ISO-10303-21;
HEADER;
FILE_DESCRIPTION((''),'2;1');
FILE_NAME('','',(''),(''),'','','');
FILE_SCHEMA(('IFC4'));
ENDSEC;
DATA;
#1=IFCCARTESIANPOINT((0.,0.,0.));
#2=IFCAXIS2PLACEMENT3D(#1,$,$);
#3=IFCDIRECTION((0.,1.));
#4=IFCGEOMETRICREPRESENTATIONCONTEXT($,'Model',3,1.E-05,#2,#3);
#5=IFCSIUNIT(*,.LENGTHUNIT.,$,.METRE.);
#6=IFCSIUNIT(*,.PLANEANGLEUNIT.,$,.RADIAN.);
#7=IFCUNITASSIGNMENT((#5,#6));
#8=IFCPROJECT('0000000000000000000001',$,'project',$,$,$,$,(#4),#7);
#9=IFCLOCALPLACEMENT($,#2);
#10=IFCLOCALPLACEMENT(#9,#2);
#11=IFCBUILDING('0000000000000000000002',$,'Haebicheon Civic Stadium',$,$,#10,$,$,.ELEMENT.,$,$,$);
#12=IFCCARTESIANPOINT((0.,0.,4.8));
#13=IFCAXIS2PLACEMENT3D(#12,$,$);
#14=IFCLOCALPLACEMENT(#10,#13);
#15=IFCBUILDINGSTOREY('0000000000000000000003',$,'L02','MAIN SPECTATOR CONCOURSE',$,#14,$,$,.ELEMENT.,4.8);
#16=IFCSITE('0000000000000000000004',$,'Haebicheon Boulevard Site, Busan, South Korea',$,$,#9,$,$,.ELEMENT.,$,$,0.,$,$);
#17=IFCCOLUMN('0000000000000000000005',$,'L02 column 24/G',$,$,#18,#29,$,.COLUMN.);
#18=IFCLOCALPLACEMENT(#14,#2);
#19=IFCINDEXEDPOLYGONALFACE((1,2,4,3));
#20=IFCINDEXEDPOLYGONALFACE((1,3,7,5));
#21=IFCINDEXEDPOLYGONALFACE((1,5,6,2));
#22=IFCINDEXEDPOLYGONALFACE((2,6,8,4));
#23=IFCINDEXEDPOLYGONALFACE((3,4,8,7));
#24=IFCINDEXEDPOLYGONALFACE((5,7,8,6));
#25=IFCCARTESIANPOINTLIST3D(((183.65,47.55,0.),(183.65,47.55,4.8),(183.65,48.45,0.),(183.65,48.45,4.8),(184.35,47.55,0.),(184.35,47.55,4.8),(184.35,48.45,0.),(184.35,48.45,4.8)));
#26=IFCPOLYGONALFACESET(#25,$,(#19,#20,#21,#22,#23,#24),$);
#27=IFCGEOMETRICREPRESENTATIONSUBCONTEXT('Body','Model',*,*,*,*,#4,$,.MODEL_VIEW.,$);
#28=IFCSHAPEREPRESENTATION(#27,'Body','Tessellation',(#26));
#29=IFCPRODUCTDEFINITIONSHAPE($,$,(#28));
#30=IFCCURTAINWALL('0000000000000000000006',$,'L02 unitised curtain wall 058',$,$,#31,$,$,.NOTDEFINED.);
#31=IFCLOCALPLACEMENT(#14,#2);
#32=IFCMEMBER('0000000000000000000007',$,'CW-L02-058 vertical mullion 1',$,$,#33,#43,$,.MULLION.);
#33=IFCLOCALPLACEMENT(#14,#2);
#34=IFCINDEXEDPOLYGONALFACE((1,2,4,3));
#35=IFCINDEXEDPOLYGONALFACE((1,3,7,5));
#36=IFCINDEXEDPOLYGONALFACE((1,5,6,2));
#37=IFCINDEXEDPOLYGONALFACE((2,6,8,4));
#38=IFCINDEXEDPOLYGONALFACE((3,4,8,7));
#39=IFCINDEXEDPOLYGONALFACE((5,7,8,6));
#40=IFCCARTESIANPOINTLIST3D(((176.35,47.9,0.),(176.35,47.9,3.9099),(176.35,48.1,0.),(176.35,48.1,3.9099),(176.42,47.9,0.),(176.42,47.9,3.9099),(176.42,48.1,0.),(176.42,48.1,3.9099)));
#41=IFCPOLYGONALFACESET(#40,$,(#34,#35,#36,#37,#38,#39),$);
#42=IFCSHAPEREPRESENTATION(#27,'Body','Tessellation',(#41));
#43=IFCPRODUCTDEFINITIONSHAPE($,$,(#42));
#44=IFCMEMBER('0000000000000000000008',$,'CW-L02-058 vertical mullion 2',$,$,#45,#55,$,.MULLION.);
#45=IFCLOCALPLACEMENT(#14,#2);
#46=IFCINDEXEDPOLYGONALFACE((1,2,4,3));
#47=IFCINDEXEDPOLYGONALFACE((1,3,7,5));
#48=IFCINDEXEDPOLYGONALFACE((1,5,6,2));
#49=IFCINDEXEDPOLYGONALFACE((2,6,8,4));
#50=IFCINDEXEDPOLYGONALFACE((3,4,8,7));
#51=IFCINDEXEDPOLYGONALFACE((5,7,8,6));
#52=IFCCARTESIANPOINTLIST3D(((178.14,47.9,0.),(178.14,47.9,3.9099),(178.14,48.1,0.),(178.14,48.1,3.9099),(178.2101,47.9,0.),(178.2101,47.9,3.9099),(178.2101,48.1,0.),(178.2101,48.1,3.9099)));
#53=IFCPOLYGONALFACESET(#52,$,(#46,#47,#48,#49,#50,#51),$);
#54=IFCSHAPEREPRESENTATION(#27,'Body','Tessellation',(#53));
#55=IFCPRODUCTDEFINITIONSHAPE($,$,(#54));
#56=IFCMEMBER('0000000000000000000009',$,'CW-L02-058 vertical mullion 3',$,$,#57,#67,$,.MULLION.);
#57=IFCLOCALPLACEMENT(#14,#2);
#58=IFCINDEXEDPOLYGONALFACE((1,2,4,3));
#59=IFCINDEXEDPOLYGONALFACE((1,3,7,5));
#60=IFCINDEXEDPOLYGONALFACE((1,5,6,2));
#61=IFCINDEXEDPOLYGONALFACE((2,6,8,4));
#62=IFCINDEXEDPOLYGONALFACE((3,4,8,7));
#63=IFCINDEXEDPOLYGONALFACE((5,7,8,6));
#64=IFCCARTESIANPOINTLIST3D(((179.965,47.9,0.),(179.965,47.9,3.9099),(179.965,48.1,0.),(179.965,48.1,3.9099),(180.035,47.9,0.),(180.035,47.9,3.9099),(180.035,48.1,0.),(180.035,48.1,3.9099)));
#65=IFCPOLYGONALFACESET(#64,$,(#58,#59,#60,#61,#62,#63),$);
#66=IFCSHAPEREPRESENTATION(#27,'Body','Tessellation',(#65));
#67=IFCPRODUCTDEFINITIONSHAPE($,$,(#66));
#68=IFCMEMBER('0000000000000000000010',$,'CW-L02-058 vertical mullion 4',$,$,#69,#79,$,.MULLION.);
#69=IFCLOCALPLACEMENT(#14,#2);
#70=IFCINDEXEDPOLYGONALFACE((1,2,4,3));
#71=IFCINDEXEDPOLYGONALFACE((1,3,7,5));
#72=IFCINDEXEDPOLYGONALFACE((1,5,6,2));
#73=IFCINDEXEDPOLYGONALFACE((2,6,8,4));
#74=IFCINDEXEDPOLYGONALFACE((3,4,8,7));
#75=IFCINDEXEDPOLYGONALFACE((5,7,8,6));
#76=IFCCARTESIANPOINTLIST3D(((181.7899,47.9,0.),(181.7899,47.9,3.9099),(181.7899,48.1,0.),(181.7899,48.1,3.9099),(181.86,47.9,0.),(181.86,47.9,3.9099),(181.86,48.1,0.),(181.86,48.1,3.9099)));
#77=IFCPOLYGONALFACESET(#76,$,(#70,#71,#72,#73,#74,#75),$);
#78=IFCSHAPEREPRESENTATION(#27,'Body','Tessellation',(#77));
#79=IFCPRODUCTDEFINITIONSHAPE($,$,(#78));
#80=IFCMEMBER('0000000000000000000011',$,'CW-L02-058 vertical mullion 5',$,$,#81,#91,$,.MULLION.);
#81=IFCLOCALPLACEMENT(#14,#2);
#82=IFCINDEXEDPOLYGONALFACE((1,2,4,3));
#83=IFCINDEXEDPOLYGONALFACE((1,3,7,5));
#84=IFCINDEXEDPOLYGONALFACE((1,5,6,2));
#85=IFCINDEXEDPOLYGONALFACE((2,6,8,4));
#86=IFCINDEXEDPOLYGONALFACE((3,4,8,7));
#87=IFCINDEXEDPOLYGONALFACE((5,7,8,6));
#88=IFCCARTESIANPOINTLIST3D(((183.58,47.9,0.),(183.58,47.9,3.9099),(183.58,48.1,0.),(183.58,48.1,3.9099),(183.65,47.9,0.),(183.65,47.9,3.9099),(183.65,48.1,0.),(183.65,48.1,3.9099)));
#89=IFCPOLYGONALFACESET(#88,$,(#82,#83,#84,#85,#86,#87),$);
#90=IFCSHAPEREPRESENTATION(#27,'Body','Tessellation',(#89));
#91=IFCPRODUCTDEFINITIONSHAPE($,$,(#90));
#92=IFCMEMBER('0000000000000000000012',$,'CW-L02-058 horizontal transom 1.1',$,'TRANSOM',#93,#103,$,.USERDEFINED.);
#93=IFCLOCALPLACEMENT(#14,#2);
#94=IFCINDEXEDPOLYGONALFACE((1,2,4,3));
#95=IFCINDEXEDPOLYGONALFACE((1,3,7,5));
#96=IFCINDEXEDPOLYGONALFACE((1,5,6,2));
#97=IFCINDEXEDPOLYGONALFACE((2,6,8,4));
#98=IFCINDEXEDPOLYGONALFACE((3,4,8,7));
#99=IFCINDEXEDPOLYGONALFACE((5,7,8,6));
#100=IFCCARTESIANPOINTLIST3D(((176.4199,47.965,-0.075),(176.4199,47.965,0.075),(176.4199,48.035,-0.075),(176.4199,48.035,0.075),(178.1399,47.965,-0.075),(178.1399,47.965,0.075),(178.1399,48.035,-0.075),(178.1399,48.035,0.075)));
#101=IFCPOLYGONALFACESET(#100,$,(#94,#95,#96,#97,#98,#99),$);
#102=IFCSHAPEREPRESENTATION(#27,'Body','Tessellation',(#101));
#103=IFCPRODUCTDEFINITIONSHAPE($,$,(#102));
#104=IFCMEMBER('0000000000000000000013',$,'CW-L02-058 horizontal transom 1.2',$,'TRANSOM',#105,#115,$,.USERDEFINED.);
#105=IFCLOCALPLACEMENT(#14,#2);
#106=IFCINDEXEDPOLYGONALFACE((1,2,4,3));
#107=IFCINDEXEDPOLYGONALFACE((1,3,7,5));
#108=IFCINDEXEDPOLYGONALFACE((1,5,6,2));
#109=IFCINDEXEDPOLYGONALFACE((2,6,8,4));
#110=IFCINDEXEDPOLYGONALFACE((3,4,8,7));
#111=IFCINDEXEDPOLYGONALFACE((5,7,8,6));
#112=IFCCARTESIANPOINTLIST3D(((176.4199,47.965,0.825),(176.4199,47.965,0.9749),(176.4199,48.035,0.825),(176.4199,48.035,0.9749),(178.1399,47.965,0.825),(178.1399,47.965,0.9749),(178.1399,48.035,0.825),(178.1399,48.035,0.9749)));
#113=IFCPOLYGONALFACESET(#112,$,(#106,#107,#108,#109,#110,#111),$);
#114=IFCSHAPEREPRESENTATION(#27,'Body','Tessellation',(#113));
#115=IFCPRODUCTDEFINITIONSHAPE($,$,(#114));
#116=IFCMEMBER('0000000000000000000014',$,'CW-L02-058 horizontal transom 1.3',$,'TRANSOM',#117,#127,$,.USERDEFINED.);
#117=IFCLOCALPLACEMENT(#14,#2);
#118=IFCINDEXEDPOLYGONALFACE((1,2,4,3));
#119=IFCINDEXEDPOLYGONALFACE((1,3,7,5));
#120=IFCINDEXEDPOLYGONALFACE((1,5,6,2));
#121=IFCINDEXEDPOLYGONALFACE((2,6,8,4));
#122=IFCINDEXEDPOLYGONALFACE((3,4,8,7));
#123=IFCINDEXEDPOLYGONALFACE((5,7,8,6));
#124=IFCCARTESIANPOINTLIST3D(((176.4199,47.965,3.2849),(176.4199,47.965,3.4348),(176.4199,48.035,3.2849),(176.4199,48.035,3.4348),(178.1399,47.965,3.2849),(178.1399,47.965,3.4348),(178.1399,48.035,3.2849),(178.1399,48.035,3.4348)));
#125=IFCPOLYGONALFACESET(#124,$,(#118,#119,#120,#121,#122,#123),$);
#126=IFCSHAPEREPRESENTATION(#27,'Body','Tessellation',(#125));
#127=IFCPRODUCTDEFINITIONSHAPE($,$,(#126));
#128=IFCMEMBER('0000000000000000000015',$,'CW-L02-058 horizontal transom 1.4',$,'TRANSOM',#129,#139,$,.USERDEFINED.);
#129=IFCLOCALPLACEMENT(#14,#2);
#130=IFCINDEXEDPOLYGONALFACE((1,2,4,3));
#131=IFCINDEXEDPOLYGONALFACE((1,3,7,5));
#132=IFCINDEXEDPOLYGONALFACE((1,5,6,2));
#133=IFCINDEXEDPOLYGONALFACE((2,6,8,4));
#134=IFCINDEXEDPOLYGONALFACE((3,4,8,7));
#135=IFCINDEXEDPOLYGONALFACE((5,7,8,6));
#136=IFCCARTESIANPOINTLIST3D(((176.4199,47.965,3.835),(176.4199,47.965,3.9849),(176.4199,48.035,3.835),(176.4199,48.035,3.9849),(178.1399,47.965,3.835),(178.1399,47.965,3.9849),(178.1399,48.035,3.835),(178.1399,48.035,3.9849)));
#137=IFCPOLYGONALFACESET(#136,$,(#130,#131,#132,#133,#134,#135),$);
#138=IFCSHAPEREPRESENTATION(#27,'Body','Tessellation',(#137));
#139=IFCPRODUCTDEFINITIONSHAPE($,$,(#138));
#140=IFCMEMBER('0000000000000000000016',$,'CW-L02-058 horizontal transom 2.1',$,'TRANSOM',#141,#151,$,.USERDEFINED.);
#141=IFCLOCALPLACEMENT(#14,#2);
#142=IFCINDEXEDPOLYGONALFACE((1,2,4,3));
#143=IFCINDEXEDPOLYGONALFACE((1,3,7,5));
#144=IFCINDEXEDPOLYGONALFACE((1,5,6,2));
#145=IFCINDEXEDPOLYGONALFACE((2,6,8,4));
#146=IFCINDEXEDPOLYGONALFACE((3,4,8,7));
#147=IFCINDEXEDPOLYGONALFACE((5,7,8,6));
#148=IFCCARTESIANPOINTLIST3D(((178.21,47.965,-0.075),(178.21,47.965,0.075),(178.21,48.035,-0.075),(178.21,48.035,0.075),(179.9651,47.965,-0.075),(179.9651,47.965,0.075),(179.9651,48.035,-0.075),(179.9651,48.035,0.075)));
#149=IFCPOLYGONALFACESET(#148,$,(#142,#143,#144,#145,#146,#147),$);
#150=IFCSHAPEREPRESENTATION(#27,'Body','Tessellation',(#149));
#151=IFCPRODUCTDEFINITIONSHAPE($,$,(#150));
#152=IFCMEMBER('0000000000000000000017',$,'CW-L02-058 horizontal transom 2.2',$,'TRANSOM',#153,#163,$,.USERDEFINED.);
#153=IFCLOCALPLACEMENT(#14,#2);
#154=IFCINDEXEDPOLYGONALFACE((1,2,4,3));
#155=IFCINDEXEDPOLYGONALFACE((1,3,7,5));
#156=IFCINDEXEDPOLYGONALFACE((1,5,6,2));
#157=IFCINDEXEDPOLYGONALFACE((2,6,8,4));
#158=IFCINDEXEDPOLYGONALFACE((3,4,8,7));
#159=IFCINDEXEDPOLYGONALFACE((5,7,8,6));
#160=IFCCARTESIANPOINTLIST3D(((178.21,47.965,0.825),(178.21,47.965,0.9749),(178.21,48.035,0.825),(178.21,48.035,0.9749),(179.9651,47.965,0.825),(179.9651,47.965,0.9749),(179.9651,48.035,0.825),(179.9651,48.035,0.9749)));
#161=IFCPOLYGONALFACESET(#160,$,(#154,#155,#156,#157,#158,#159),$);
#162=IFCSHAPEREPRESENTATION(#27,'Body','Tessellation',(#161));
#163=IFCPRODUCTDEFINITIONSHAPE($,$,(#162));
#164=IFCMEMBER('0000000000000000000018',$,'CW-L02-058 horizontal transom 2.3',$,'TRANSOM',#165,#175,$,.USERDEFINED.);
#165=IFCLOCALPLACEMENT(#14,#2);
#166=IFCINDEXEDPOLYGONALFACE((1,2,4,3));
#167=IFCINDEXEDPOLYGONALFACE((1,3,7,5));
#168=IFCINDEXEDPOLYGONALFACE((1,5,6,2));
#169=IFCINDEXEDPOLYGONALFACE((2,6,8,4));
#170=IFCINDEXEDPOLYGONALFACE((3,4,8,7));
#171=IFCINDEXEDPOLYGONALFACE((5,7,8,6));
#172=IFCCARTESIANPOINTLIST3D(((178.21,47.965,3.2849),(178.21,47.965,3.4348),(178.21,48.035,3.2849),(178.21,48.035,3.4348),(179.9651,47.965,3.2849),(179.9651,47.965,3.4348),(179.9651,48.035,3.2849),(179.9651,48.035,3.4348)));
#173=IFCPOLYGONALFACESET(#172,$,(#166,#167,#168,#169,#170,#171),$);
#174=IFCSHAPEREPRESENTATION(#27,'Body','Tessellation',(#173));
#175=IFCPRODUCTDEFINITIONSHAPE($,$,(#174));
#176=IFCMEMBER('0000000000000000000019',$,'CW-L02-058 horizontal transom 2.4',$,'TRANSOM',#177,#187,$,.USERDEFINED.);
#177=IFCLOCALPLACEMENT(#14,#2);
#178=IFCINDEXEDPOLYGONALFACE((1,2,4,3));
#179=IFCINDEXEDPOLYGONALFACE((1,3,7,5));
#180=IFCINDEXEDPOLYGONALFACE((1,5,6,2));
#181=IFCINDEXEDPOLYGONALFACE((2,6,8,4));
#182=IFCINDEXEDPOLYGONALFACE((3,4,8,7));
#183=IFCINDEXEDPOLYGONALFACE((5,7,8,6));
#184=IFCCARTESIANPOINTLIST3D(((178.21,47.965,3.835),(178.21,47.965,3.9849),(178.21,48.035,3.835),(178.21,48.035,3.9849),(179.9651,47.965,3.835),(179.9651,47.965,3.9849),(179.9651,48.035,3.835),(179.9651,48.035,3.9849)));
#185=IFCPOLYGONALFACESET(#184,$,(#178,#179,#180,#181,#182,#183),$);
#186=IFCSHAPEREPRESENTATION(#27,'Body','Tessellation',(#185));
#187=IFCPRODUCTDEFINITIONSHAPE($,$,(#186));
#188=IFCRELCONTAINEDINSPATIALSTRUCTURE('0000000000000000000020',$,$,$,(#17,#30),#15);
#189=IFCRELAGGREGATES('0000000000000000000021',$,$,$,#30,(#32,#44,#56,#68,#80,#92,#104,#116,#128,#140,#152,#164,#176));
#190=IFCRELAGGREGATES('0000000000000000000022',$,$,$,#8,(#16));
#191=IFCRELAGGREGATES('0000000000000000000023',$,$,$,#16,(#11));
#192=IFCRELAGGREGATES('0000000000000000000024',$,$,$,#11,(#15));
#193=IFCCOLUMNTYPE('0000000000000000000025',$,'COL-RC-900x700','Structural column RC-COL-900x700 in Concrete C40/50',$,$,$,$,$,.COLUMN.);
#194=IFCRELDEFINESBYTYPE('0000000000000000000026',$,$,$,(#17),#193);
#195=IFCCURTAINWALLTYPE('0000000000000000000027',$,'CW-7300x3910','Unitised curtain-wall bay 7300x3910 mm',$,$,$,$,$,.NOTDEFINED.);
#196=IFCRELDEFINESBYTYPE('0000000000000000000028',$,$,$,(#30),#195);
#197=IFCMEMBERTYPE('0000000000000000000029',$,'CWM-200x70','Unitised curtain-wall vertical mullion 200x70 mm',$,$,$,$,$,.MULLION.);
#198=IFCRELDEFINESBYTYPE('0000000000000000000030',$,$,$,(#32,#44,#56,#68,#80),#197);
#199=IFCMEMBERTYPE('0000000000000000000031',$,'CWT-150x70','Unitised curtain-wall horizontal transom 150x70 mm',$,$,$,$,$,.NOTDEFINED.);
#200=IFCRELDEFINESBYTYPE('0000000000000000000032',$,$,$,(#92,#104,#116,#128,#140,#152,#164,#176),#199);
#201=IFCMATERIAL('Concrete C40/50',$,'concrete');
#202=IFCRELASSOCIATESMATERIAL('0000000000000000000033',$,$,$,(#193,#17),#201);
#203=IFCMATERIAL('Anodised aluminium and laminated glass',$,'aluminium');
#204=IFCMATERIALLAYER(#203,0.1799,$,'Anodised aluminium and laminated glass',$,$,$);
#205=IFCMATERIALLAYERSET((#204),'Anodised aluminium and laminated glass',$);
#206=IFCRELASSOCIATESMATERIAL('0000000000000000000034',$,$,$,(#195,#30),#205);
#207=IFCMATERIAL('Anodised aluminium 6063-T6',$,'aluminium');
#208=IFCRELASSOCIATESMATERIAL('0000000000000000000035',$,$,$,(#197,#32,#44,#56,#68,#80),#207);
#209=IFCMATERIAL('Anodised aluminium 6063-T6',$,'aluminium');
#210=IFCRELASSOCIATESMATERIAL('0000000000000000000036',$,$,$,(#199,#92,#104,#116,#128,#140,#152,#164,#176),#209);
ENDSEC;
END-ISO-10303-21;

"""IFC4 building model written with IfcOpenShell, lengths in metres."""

from ifc_helpers import new_model, si_unit, direction, frame, origin, origin_2d, place, context, subcontext, project, spatial, rectangle, extrude, material, layer, layer_set, material_profile, profile_set, type_object, element, aggregate, save


model = new_model("IFC4")

# Units and contexts
model_context = context("Model", 3, precision=1e-05, world=origin(), true_north=direction((0.0, 1.0)))
body_context = subcontext(model_context, "Body", "Model", "MODEL_VIEW")
ifc_project = project(units=[si_unit("LENGTHUNIT", "METRE"), si_unit("PLANEANGLEUNIT", "RADIAN")], contexts=[model_context])

# Site, building, storey
site_placement = place(None, origin())
site = spatial("IfcSite", under=ifc_project, at=site_placement, Name="Haebicheon Boulevard Site, Busan, South Korea", CompositionType="ELEMENT", RefElevation=0.0)
building_placement = place(site_placement, origin())
building = spatial("IfcBuilding", under=site, at=building_placement, Name="Haebicheon Civic Stadium", CompositionType="ELEMENT")
storey_placement = place(building_placement, frame((0.0, 0.0, 4.8)))
storey = spatial("IfcBuildingStorey", under=building, at=storey_placement, Name="L02", Description="MAIN SPECTATOR CONCOURSE", CompositionType="ELEMENT", Elevation=4.8)

# Column
ifc_material_1 = material(Name="Concrete C40/50", Category="concrete")
ifc_material_profile_1 = material_profile(ifc_material_1, rectangle(XDim=0.7, YDim=0.8999, at=origin_2d()), Name="RC-COL-900x700")
ifc_profile_set_1 = profile_set([ifc_material_profile_1], Name="Concrete C40/50")
column_type = type_object("IfcColumnType", Name="COL-RC-900x700", Description="Structural column RC-COL-900x700 in Concrete C40/50", PredefinedType="COLUMN", material=ifc_profile_set_1)
column_placement = place(storey_placement, frame((184.0, 48.0, 0.0), z_axis=(0.0, 0.0, 1.0), x_axis=(1.0, 0.0, 0.0)))
element("IfcColumn", 1, at=column_placement, inside=storey, type_object=column_type, material=ifc_profile_set_1, Name="L02 column 24/G", PredefinedType="COLUMN", context=body_context, shape_type="SweptSolid", body=[
    extrude(rectangle(XDim=0.7, YDim=0.8999, at=origin_2d()), origin(), (0.0, 0.0, 1.0), 4.8),
])

# Curtain wall, members
ifc_material_2 = material(Name="Anodised aluminium and laminated glass", Category="aluminium")
ifc_layer_1 = layer(ifc_material_2, 0.1799, Name="Anodised aluminium and laminated glass")
ifc_layer_set_1 = layer_set([ifc_layer_1], Name="Anodised aluminium and laminated glass")
curtain_wall_type = type_object("IfcCurtainWallType", Name="CW-7300x3910", Description="Unitised curtain-wall bay 7300x3910 mm", PredefinedType="NOTDEFINED", material=ifc_layer_set_1)
curtain_wall_placement = place(storey_placement, origin())
curtain_wall = element("IfcCurtainWall", 2, at=curtain_wall_placement, inside=storey, type_object=curtain_wall_type, material=ifc_layer_set_1, Name="L02 unitised curtain wall 058", PredefinedType="NOTDEFINED")
ifc_material_3 = material(Name="Anodised aluminium 6063-T6", Category="aluminium")
ifc_material_profile_2 = material_profile(ifc_material_3, rectangle(XDim=0.0701, YDim=0.2, at=origin_2d()), Name="ALU-MULL-70x200")
ifc_profile_set_2 = profile_set([ifc_material_profile_2], Name="Anodised aluminium 6063-T6")
member_type_1 = type_object("IfcMemberType", Name="CWM-200x70", Description="Unitised curtain-wall vertical mullion 200x70 mm", PredefinedType="MULLION", material=ifc_profile_set_2)
member_1_placement = place(storey_placement, frame((176.385, 48.0, 0.0), z_axis=(0.0, 0.0, 1.0), x_axis=(1.0, 0.0, 0.0)))
member_1 = element("IfcMember", 3, at=member_1_placement, type_object=member_type_1, material=ifc_profile_set_2, Name="CW-L02-058 vertical mullion 1", PredefinedType="MULLION", context=body_context, shape_type="SweptSolid", body=[
    extrude(rectangle(XDim=0.0701, YDim=0.2, at=origin_2d()), origin(), (0.0, 0.0, 1.0), 3.9099),
])
member_2_placement = place(storey_placement, frame((178.175, 48.0, 0.0), z_axis=(0.0, 0.0, 1.0), x_axis=(1.0, 0.0, 0.0)))
member_2 = element("IfcMember", 4, at=member_2_placement, type_object=member_type_1, material=ifc_profile_set_2, Name="CW-L02-058 vertical mullion 2", PredefinedType="MULLION", context=body_context, shape_type="SweptSolid", body=[
    extrude(rectangle(XDim=0.0701, YDim=0.2, at=origin_2d()), origin(), (0.0, 0.0, 1.0), 3.9099),
])
member_3_placement = place(storey_placement, frame((180.0, 48.0, 0.0), z_axis=(0.0, 0.0, 1.0), x_axis=(1.0, 0.0, 0.0)))
member_3 = element("IfcMember", 5, at=member_3_placement, type_object=member_type_1, material=ifc_profile_set_2, Name="CW-L02-058 vertical mullion 3", PredefinedType="MULLION", context=body_context, shape_type="SweptSolid", body=[
    extrude(rectangle(XDim=0.0701, YDim=0.2, at=origin_2d()), origin(), (0.0, 0.0, 1.0), 3.9099),
])
member_4_placement = place(storey_placement, frame((181.825, 48.0, 0.0), z_axis=(0.0, 0.0, 1.0), x_axis=(1.0, 0.0, 0.0)))
member_4 = element("IfcMember", 6, at=member_4_placement, type_object=member_type_1, material=ifc_profile_set_2, Name="CW-L02-058 vertical mullion 4", PredefinedType="MULLION", context=body_context, shape_type="SweptSolid", body=[
    extrude(rectangle(XDim=0.0701, YDim=0.2, at=origin_2d()), origin(), (0.0, 0.0, 1.0), 3.9099),
])
member_5_placement = place(storey_placement, frame((183.615, 48.0, 0.0), z_axis=(0.0, 0.0, 1.0), x_axis=(1.0, 0.0, 0.0)))
member_5 = element("IfcMember", 7, at=member_5_placement, type_object=member_type_1, material=ifc_profile_set_2, Name="CW-L02-058 vertical mullion 5", PredefinedType="MULLION", context=body_context, shape_type="SweptSolid", body=[
    extrude(rectangle(XDim=0.0701, YDim=0.2, at=origin_2d()), origin(), (0.0, 0.0, 1.0), 3.9099),
])
ifc_material_4 = material(Name="Anodised aluminium 6063-T6", Category="aluminium")
ifc_material_profile_3 = material_profile(ifc_material_4, rectangle(XDim=0.0701, YDim=0.1499, at=origin_2d()), Name="ALU-TRAN-70x150")
ifc_profile_set_3 = profile_set([ifc_material_profile_3], Name="Anodised aluminium 6063-T6")
member_type_2 = type_object("IfcMemberType", Name="CWT-150x70", Description="Unitised curtain-wall horizontal transom 150x70 mm", PredefinedType="NOTDEFINED", material=ifc_profile_set_3)
member_6_placement = place(storey_placement, frame((176.4199, 48.0, 0.0), z_axis=(1.0, 0.0, 0.0), x_axis=(0.0, 1.0, 0.0)))
member_6 = element("IfcMember", 8, at=member_6_placement, type_object=member_type_2, material=ifc_profile_set_3, Name="CW-L02-058 horizontal transom 1.1", ObjectType="TRANSOM", PredefinedType="USERDEFINED", context=body_context, shape_type="SweptSolid", body=[
    extrude(rectangle(XDim=0.0701, YDim=0.1499, at=origin_2d()), origin(), (0.0, 0.0, 1.0), 1.72),
])
member_7_placement = place(storey_placement, frame((176.4199, 48.0, 0.8999), z_axis=(1.0, 0.0, 0.0), x_axis=(0.0, 1.0, 0.0)))
member_7 = element("IfcMember", 9, at=member_7_placement, type_object=member_type_2, material=ifc_profile_set_3, Name="CW-L02-058 horizontal transom 1.2", ObjectType="TRANSOM", PredefinedType="USERDEFINED", context=body_context, shape_type="SweptSolid", body=[
    extrude(rectangle(XDim=0.0701, YDim=0.1499, at=origin_2d()), origin(), (0.0, 0.0, 1.0), 1.72),
])
member_8_placement = place(storey_placement, frame((176.4199, 48.0, 3.3599), z_axis=(1.0, 0.0, 0.0), x_axis=(0.0, 1.0, 0.0)))
member_8 = element("IfcMember", 10, at=member_8_placement, type_object=member_type_2, material=ifc_profile_set_3, Name="CW-L02-058 horizontal transom 1.3", ObjectType="TRANSOM", PredefinedType="USERDEFINED", context=body_context, shape_type="SweptSolid", body=[
    extrude(rectangle(XDim=0.0701, YDim=0.1499, at=origin_2d()), origin(), (0.0, 0.0, 1.0), 1.72),
])
member_9_placement = place(storey_placement, frame((176.4199, 48.0, 3.9099), z_axis=(1.0, 0.0, 0.0), x_axis=(0.0, 1.0, 0.0)))
member_9 = element("IfcMember", 11, at=member_9_placement, type_object=member_type_2, material=ifc_profile_set_3, Name="CW-L02-058 horizontal transom 1.4", ObjectType="TRANSOM", PredefinedType="USERDEFINED", context=body_context, shape_type="SweptSolid", body=[
    extrude(rectangle(XDim=0.0701, YDim=0.1499, at=origin_2d()), origin(), (0.0, 0.0, 1.0), 1.72),
])
member_10_placement = place(storey_placement, frame((178.21, 48.0, 0.0), z_axis=(1.0, 0.0, 0.0), x_axis=(0.0, 1.0, 0.0)))
member_10 = element("IfcMember", 12, at=member_10_placement, type_object=member_type_2, material=ifc_profile_set_3, Name="CW-L02-058 horizontal transom 2.1", ObjectType="TRANSOM", PredefinedType="USERDEFINED", context=body_context, shape_type="SweptSolid", body=[
    extrude(rectangle(XDim=0.0701, YDim=0.1499, at=origin_2d()), origin(), (0.0, 0.0, 1.0), 1.7551),
])
member_11_placement = place(storey_placement, frame((178.21, 48.0, 0.8999), z_axis=(1.0, 0.0, 0.0), x_axis=(0.0, 1.0, 0.0)))
member_11 = element("IfcMember", 13, at=member_11_placement, type_object=member_type_2, material=ifc_profile_set_3, Name="CW-L02-058 horizontal transom 2.2", ObjectType="TRANSOM", PredefinedType="USERDEFINED", context=body_context, shape_type="SweptSolid", body=[
    extrude(rectangle(XDim=0.0701, YDim=0.1499, at=origin_2d()), origin(), (0.0, 0.0, 1.0), 1.7551),
])
member_12_placement = place(storey_placement, frame((178.21, 48.0, 3.3599), z_axis=(1.0, 0.0, 0.0), x_axis=(0.0, 1.0, 0.0)))
member_12 = element("IfcMember", 14, at=member_12_placement, type_object=member_type_2, material=ifc_profile_set_3, Name="CW-L02-058 horizontal transom 2.3", ObjectType="TRANSOM", PredefinedType="USERDEFINED", context=body_context, shape_type="SweptSolid", body=[
    extrude(rectangle(XDim=0.0701, YDim=0.1499, at=origin_2d()), origin(), (0.0, 0.0, 1.0), 1.7551),
])
member_13_placement = place(storey_placement, frame((178.21, 48.0, 3.9099), z_axis=(1.0, 0.0, 0.0), x_axis=(0.0, 1.0, 0.0)))
member_13 = element("IfcMember", 15, at=member_13_placement, type_object=member_type_2, material=ifc_profile_set_3, Name="CW-L02-058 horizontal transom 2.4", ObjectType="TRANSOM", PredefinedType="USERDEFINED", context=body_context, shape_type="SweptSolid", body=[
    extrude(rectangle(XDim=0.0701, YDim=0.1499, at=origin_2d()), origin(), (0.0, 0.0, 1.0), 1.7551),
])

aggregate(curtain_wall, [member_1, member_2, member_3, member_4, member_5, member_6, member_7, member_8, member_9, member_10, member_11, member_12, member_13])

save(model, "model.ifc")
